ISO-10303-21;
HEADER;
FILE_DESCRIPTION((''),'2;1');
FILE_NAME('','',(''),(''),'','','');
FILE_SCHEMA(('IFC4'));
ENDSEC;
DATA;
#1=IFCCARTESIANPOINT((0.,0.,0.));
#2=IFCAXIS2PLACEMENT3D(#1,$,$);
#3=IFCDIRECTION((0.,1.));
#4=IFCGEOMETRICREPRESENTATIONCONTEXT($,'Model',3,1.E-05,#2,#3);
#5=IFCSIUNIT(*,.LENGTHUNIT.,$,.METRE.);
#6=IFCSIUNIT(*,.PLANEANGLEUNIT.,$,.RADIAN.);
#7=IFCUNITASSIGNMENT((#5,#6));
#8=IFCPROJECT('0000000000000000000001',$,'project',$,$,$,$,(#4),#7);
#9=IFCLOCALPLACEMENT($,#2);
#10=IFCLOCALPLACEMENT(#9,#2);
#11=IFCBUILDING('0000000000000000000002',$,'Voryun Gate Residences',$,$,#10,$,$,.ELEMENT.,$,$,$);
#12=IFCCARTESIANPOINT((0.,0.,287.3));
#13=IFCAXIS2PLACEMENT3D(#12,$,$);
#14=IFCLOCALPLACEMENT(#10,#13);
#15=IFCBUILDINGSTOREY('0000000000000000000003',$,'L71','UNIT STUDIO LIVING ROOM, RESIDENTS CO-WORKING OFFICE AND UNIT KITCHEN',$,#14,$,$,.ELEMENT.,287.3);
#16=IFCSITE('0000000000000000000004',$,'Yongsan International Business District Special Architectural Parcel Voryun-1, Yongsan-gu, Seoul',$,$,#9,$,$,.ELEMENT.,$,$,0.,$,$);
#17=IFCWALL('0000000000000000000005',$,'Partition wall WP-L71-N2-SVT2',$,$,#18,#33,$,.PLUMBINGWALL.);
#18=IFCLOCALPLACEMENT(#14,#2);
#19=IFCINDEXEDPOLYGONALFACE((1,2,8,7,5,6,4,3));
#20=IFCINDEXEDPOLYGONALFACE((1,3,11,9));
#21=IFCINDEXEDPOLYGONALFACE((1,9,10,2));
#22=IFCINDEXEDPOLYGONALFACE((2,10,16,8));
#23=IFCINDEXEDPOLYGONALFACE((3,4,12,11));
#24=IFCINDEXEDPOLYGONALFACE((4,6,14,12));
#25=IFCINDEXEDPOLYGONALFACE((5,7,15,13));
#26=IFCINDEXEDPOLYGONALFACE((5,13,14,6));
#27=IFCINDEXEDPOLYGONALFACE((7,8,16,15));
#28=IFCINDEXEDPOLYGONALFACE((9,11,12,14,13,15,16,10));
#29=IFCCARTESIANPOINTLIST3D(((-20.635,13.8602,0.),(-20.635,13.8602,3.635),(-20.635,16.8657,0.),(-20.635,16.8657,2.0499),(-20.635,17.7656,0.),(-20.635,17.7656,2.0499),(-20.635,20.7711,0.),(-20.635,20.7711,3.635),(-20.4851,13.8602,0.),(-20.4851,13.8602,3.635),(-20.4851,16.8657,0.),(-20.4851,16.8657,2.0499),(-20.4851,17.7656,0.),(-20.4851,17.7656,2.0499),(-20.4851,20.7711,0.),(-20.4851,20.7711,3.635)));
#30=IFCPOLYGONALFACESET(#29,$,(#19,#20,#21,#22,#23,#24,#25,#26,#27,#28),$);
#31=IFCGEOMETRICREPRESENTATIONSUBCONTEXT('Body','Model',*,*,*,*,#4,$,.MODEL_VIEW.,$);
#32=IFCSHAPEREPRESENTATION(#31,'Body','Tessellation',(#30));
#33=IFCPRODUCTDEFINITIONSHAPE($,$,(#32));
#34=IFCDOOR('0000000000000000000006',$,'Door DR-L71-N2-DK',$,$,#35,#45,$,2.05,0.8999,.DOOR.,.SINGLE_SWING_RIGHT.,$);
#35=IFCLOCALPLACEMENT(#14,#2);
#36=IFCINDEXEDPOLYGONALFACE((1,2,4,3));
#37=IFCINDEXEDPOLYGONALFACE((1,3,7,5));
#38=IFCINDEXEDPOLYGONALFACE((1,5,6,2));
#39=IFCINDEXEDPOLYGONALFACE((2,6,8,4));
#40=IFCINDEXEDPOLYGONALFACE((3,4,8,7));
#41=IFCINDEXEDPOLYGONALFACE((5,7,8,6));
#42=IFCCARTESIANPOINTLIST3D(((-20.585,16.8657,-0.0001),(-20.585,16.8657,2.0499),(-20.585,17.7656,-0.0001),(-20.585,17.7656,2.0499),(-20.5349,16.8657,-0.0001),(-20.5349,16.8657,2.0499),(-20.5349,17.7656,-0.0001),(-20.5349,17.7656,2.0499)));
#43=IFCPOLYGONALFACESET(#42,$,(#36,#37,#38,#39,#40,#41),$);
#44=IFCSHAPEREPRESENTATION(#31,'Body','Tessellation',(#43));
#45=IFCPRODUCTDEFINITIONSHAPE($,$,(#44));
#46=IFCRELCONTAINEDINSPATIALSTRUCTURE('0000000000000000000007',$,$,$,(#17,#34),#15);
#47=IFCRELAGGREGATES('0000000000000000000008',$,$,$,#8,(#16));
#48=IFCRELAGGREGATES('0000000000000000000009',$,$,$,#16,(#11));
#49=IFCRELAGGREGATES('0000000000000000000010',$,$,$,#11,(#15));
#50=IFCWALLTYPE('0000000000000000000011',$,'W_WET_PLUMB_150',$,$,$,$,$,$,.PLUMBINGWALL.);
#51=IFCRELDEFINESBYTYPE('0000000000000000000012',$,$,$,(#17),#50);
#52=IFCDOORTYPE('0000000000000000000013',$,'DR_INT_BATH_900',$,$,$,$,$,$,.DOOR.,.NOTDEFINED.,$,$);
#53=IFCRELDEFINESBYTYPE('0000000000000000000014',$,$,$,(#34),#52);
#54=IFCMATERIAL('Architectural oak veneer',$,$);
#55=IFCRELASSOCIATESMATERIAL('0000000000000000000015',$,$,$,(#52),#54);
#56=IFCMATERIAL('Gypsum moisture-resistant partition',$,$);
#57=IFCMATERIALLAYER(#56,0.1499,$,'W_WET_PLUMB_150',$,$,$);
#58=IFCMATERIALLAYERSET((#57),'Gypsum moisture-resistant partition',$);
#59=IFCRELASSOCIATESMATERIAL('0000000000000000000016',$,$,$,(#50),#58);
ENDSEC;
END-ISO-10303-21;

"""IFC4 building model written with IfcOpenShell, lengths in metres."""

from ifc_helpers import new_model, si_unit, direction, frame, frame_2d, origin, place, context, subcontext, project, spatial, rectangle, extrude, material, layer, layer_set, type_object, element, fill, save


model = new_model("IFC4")

# Units and contexts
model_context = context("Model", 3, precision=1e-05, world=origin(), true_north=direction((0.0, 1.0)))
body_context = subcontext(model_context, "Body", "Model", "MODEL_VIEW")
ifc_project = project(units=[si_unit("LENGTHUNIT", "METRE"), si_unit("PLANEANGLEUNIT", "RADIAN")], contexts=[model_context])

# Site, building, storey
site_placement = place(None, origin())
site = spatial("IfcSite", under=ifc_project, at=site_placement, Name="Yongsan International Business District Special Architectural Parcel Voryun-1, Yongsan-gu, Seoul", CompositionType="ELEMENT", RefElevation=0.0)
building_placement = place(site_placement, origin())
building = spatial("IfcBuilding", under=site, at=building_placement, Name="Voryun Gate Residences", CompositionType="ELEMENT")
storey_placement = place(building_placement, frame((0.0, 0.0, 287.3)))
storey = spatial("IfcBuildingStorey", under=building, at=storey_placement, Name="L71", Description="UNIT STUDIO LIVING ROOM, RESIDENTS CO-WORKING OFFICE AND UNIT KITCHEN", CompositionType="ELEMENT", Elevation=287.3)

# Shared definitions
ifc_material_1 = material(Name="Architectural oak veneer")
door_type_1 = type_object("IfcDoorType", Name="DR_INT_BATH_900", OperationType="NOTDEFINED", PredefinedType="DOOR", material=ifc_material_1)

# Shared definitions
ifc_material_2 = material(Name="Gypsum moisture-resistant partition")
ifc_layer_1 = layer(ifc_material_2, 0.1499, Name="W_WET_PLUMB_150")
ifc_layer_set_1 = layer_set([ifc_layer_1], Name="Gypsum moisture-resistant partition")
wall_type_1 = type_object("IfcWallType", Name="W_WET_PLUMB_150", PredefinedType="PLUMBINGWALL", material=ifc_layer_set_1)

# Wall, opening, door
wall_1_placement = place(storey_placement, frame((-20.5601, 13.8601, 0.0), z_axis=(0.0, 0.0, 1.0), x_axis=(0.0, 1.0, 0.0)))
wall_1 = element("IfcWall", 1, at=wall_1_placement, inside=storey, type_object=wall_type_1, Name="Partition wall WP-L71-N2-SVT2", PredefinedType="PLUMBINGWALL", context=body_context, shape_type="SweptSolid", body=[
    extrude(rectangle(XDim=6.9109, YDim=0.1499, at=frame_2d((3.4556, 0.0))), origin(), (0.0, 0.0, 1.0), 3.635),
])
opening_1_placement = place(wall_1_placement, frame((3.0056, 0.0, 0.0)))
opening_1 = element("IfcOpeningElement", 2, at=opening_1_placement, cuts=wall_1, PredefinedType="OPENING", context=body_context, shape_type="SweptSolid", body=[
    extrude(rectangle(XDim=0.8999, YDim=2.05, at=frame_2d((0.45, 1.0249))), frame((0.0, 0.085, 0.0), z_axis=(0.0, -1.0, 0.0), x_axis=(1.0, 0.0, 0.0)), (0.0, 0.0, 1.0), 0.1699),
])
door_1_placement = place(opening_1_placement, origin())
door_1 = element("IfcDoor", 3, at=door_1_placement, inside=storey, type_object=door_type_1, Name="Door DR-L71-N2-DK", OperationType="SINGLE_SWING_RIGHT", OverallHeight=2.05, OverallWidth=0.8999, PredefinedType="DOOR", context=body_context, shape_type="SweptSolid", body=[
    extrude(rectangle(XDim=0.8999, YDim=2.05, at=frame_2d((0.45, 1.0249))), frame((0.0, 0.0249, 0.0), z_axis=(0.0, -1.0, 0.0), x_axis=(1.0, 0.0, 0.0)), (0.0, 0.0, 1.0), 0.05),
])
fill(opening_1, door_1)

save(model, "model.ifc")
